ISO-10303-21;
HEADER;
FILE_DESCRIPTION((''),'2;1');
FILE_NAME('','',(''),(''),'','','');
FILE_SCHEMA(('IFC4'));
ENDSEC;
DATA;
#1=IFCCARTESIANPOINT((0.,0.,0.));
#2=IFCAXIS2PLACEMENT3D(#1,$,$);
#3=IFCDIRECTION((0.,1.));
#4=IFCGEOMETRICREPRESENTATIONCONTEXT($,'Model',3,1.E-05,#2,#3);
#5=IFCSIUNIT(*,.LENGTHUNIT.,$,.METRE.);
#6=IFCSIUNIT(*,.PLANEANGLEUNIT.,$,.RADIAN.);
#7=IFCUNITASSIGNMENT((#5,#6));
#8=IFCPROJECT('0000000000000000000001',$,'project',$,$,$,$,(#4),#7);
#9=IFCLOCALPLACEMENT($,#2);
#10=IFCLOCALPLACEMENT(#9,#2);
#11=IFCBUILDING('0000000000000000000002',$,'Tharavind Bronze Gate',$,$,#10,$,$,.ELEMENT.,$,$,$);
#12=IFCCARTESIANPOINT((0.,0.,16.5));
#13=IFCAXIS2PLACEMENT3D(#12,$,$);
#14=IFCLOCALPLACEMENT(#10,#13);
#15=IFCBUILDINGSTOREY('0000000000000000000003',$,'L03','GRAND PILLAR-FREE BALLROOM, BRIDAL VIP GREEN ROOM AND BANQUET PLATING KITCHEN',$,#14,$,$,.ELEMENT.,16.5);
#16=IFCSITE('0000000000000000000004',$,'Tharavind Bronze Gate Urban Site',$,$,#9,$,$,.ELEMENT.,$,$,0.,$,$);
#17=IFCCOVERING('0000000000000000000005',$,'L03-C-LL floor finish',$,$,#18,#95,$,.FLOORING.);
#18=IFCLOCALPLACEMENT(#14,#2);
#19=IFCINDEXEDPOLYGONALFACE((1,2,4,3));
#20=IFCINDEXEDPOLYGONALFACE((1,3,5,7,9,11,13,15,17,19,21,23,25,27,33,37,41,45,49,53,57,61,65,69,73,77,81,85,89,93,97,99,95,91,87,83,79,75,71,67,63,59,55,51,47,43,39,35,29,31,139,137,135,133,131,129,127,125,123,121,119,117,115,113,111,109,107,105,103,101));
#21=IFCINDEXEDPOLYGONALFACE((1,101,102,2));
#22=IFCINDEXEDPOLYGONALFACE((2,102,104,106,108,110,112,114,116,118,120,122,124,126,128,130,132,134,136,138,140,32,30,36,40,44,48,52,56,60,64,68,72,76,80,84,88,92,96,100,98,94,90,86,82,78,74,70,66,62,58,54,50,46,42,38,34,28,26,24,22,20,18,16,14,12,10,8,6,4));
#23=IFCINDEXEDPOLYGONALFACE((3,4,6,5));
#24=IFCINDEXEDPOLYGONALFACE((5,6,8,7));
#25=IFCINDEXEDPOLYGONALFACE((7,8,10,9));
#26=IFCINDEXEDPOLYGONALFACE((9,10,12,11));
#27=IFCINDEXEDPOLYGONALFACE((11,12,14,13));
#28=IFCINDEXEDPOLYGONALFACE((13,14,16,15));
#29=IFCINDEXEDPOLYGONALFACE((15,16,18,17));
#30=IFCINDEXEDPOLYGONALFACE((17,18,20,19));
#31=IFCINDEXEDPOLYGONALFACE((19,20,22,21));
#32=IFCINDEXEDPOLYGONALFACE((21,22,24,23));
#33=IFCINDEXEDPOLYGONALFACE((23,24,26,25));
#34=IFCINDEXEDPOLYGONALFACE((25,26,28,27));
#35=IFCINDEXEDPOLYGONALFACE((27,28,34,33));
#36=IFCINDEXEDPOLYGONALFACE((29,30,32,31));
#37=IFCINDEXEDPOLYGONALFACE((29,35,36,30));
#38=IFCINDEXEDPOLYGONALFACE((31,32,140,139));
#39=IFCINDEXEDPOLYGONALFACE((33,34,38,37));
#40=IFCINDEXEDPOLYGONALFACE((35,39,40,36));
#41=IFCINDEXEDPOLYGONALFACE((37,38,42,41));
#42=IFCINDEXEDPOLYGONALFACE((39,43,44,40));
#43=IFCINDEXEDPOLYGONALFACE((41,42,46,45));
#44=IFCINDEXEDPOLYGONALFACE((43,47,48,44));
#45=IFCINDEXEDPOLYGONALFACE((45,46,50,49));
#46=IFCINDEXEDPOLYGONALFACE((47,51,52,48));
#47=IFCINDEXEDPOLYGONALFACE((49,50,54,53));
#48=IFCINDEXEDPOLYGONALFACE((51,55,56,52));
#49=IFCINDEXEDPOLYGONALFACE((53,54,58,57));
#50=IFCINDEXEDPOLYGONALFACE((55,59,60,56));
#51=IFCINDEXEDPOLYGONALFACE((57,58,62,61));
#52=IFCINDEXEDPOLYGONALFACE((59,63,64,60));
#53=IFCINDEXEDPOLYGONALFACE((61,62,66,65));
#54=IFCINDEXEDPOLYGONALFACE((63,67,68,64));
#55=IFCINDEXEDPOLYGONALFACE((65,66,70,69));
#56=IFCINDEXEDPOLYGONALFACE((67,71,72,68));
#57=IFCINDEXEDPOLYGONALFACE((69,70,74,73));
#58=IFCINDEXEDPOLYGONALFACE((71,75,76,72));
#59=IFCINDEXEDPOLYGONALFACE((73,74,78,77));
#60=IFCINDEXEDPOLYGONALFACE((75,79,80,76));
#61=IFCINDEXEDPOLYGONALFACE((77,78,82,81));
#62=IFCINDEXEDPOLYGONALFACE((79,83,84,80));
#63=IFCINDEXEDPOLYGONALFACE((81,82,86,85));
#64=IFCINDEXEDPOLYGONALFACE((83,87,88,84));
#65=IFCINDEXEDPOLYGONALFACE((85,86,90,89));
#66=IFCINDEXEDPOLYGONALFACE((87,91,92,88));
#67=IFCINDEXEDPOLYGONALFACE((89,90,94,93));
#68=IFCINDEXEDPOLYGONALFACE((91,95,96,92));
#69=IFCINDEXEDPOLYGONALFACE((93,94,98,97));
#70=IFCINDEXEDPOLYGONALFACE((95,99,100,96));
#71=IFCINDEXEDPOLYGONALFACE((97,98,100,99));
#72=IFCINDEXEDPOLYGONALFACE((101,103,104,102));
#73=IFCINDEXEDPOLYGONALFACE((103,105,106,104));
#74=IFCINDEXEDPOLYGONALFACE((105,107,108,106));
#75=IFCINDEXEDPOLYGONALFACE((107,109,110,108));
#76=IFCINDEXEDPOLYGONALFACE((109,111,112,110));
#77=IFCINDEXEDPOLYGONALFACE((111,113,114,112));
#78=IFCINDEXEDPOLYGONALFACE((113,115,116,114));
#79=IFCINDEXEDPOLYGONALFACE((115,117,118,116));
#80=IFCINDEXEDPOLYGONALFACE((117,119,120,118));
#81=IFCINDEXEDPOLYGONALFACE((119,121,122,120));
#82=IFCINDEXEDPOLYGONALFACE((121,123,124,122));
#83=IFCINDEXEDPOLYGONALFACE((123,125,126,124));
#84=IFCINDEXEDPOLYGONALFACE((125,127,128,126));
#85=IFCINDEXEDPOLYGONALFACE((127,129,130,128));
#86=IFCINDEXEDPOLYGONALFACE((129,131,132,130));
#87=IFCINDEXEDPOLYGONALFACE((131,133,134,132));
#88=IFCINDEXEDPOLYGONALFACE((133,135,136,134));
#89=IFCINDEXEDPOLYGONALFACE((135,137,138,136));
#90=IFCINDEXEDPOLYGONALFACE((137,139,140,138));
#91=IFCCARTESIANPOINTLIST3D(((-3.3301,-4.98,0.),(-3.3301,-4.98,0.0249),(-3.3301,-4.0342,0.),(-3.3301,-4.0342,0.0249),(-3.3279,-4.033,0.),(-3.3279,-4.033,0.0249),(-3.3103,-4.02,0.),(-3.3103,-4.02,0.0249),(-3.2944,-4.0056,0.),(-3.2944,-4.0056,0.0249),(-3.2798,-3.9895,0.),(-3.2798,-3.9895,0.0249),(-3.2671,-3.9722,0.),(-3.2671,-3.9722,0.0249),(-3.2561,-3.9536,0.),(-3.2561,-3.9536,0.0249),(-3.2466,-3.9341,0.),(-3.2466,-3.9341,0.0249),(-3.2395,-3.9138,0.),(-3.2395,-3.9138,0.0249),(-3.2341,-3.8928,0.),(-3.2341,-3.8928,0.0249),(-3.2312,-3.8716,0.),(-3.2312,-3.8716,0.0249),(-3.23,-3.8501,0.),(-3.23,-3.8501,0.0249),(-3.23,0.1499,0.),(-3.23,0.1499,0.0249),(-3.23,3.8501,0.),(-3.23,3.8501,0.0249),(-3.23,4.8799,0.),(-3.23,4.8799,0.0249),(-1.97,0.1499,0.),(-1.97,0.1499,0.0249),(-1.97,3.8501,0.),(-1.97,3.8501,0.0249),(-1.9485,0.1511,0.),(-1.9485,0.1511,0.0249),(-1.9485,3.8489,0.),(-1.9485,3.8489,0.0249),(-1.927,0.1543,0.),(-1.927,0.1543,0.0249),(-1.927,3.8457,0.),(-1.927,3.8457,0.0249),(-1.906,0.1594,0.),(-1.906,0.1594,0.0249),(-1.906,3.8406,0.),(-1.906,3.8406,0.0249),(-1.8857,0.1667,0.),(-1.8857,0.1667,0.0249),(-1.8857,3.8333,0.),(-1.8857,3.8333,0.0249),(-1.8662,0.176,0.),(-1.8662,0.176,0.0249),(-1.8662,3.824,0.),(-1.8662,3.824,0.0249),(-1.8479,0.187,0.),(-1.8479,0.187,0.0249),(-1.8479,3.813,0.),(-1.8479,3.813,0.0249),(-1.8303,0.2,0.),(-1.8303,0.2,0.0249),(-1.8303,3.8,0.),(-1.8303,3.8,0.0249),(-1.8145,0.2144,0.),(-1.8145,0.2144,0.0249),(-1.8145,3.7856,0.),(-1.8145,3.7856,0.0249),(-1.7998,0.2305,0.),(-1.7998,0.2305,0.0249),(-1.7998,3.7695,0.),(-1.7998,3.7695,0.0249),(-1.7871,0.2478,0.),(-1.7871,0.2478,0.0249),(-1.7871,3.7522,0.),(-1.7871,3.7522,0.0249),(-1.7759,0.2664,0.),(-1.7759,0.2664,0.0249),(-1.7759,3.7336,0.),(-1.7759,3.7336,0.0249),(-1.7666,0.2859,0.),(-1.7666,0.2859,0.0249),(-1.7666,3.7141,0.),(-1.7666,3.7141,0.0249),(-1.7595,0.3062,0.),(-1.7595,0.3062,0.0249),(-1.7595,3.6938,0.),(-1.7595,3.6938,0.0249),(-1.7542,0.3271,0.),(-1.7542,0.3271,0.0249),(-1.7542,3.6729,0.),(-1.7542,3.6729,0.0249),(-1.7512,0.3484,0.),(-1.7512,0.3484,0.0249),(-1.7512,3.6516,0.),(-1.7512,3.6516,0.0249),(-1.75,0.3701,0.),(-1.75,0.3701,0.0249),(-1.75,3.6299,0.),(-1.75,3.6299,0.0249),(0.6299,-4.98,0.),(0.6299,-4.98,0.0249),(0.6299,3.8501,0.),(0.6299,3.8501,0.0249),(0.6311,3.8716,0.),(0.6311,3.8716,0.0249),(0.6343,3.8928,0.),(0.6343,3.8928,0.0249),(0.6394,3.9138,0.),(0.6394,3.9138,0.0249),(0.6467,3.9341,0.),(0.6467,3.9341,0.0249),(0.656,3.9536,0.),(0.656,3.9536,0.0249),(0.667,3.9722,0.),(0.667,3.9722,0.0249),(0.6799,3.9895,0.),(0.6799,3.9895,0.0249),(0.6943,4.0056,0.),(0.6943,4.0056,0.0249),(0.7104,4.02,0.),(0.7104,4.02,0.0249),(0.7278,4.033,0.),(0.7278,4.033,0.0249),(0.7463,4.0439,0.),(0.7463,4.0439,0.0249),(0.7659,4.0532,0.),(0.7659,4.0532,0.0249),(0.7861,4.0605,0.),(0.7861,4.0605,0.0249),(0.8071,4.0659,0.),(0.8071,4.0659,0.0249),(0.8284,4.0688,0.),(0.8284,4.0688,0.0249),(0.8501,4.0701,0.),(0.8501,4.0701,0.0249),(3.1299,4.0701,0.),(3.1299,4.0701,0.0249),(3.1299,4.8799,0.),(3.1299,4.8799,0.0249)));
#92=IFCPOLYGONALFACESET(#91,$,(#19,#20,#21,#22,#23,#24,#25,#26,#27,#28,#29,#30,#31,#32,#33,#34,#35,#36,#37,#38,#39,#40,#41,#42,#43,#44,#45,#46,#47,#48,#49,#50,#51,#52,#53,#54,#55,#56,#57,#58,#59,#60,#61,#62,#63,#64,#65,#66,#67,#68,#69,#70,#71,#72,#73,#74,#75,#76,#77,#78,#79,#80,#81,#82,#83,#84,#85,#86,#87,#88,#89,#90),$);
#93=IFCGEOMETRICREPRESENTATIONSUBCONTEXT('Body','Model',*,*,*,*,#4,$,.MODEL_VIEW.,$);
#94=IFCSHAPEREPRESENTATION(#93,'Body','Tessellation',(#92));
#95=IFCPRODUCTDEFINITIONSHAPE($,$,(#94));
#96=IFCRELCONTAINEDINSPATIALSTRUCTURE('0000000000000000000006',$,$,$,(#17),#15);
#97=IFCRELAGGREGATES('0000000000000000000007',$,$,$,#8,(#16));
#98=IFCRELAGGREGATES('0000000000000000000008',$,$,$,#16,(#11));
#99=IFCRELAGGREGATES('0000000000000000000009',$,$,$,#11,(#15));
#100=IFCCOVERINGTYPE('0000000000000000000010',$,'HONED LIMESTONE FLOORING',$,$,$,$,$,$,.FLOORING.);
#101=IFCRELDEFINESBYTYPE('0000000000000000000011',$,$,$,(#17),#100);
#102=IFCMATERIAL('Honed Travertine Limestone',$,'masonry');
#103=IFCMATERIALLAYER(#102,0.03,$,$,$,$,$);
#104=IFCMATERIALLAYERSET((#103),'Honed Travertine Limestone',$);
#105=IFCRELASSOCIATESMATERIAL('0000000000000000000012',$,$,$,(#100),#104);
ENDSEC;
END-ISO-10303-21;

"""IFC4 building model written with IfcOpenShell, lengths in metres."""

from ifc_helpers import new_model, si_unit, direction, frame, origin, place, context, subcontext, project, spatial, polyline, outline, extrude, material, layer, layer_set, type_object, element, save


model = new_model("IFC4")

# Units and contexts
model_context = context("Model", 3, precision=1e-05, world=origin(), true_north=direction((0.0, 1.0)))
body_context = subcontext(model_context, "Body", "Model", "MODEL_VIEW")
ifc_project = project(units=[si_unit("LENGTHUNIT", "METRE"), si_unit("PLANEANGLEUNIT", "RADIAN")], contexts=[model_context])

# Site, building, storey
site_placement = place(None, origin())
site = spatial("IfcSite", under=ifc_project, at=site_placement, Name="Tharavind Bronze Gate Urban Site", CompositionType="ELEMENT", RefElevation=0.0)
building_placement = place(site_placement, origin())
building = spatial("IfcBuilding", under=site, at=building_placement, Name="Tharavind Bronze Gate", CompositionType="ELEMENT")
storey_placement = place(building_placement, frame((0.0, 0.0, 16.5)))
storey = spatial("IfcBuildingStorey", under=building, at=storey_placement, Name="L03", Description="GRAND PILLAR-FREE BALLROOM, BRIDAL VIP GREEN ROOM AND BANQUET PLATING KITCHEN", CompositionType="ELEMENT", Elevation=16.5)

# Covering
ifc_material_1 = material(Name="Honed Travertine Limestone", Category="masonry")
ifc_layer_1 = layer(ifc_material_1, 0.03)
ifc_layer_set_1 = layer_set([ifc_layer_1], Name="Honed Travertine Limestone")
covering_type_1 = type_object("IfcCoveringType", Name="HONED LIMESTONE FLOORING", PredefinedType="FLOORING", material=ifc_layer_set_1)
covering_1_placement = place(storey_placement, origin())
element("IfcCovering", 1, at=covering_1_placement, inside=storey, type_object=covering_type_1, Name="L03-C-LL floor finish", PredefinedType="FLOORING", context=body_context, shape_type="SweptSolid", body=[
    extrude(outline(polyline([(-3.3301, -4.98), (0.6299, -4.98), (0.6299, 3.8501), (0.6311, 3.8716), (0.6343, 3.8928), (0.6394, 3.9138), (0.6467, 3.9341), (0.656, 3.9536), (0.667, 3.9722), (0.6799, 3.9895), (0.6943, 4.0056), (0.7104, 4.02), (0.7278, 4.033), (0.7463, 4.0439), (0.7659, 4.0532), (0.7861, 4.0605), (0.8071, 4.0659), (0.8284, 4.0688), (0.8501, 4.0701), (3.1299, 4.0701), (3.1299, 4.8799), (-3.23, 4.8799), (-3.23, 3.8501), (-1.97, 3.8501), (-1.9485, 3.8489), (-1.927, 3.8457), (-1.906, 3.8406), (-1.8857, 3.8333), (-1.8662, 3.824), (-1.8479, 3.813), (-1.8303, 3.8), (-1.8145, 3.7856), (-1.7998, 3.7695), (-1.7871, 3.7522), (-1.7759, 3.7336), (-1.7666, 3.7141), (-1.7595, 3.6938), (-1.7542, 3.6729), (-1.7512, 3.6516), (-1.75, 3.6299), (-1.75, 0.3701), (-1.7512, 0.3484), (-1.7542, 0.3271), (-1.7595, 0.3062), (-1.7666, 0.2859), (-1.7759, 0.2664), (-1.7871, 0.2478), (-1.7998, 0.2305), (-1.8145, 0.2144), (-1.8303, 0.2), (-1.8479, 0.187), (-1.8662, 0.176), (-1.8857, 0.1667), (-1.906, 0.1594), (-1.927, 0.1543), (-1.9485, 0.1511), (-1.97, 0.1499), (-3.23, 0.1499), (-3.23, -3.8501), (-3.2312, -3.8716), (-3.2341, -3.8928), (-3.2395, -3.9138), (-3.2466, -3.9341), (-3.2561, -3.9536), (-3.2671, -3.9722), (-3.2798, -3.9895), (-3.2944, -4.0056), (-3.3103, -4.02), (-3.3279, -4.033), (-3.3301, -4.0342), (-3.3301, -4.98)])), origin(), (0.0, 0.0, 1.0), 0.0249),
])

save(model, "model.ifc")
